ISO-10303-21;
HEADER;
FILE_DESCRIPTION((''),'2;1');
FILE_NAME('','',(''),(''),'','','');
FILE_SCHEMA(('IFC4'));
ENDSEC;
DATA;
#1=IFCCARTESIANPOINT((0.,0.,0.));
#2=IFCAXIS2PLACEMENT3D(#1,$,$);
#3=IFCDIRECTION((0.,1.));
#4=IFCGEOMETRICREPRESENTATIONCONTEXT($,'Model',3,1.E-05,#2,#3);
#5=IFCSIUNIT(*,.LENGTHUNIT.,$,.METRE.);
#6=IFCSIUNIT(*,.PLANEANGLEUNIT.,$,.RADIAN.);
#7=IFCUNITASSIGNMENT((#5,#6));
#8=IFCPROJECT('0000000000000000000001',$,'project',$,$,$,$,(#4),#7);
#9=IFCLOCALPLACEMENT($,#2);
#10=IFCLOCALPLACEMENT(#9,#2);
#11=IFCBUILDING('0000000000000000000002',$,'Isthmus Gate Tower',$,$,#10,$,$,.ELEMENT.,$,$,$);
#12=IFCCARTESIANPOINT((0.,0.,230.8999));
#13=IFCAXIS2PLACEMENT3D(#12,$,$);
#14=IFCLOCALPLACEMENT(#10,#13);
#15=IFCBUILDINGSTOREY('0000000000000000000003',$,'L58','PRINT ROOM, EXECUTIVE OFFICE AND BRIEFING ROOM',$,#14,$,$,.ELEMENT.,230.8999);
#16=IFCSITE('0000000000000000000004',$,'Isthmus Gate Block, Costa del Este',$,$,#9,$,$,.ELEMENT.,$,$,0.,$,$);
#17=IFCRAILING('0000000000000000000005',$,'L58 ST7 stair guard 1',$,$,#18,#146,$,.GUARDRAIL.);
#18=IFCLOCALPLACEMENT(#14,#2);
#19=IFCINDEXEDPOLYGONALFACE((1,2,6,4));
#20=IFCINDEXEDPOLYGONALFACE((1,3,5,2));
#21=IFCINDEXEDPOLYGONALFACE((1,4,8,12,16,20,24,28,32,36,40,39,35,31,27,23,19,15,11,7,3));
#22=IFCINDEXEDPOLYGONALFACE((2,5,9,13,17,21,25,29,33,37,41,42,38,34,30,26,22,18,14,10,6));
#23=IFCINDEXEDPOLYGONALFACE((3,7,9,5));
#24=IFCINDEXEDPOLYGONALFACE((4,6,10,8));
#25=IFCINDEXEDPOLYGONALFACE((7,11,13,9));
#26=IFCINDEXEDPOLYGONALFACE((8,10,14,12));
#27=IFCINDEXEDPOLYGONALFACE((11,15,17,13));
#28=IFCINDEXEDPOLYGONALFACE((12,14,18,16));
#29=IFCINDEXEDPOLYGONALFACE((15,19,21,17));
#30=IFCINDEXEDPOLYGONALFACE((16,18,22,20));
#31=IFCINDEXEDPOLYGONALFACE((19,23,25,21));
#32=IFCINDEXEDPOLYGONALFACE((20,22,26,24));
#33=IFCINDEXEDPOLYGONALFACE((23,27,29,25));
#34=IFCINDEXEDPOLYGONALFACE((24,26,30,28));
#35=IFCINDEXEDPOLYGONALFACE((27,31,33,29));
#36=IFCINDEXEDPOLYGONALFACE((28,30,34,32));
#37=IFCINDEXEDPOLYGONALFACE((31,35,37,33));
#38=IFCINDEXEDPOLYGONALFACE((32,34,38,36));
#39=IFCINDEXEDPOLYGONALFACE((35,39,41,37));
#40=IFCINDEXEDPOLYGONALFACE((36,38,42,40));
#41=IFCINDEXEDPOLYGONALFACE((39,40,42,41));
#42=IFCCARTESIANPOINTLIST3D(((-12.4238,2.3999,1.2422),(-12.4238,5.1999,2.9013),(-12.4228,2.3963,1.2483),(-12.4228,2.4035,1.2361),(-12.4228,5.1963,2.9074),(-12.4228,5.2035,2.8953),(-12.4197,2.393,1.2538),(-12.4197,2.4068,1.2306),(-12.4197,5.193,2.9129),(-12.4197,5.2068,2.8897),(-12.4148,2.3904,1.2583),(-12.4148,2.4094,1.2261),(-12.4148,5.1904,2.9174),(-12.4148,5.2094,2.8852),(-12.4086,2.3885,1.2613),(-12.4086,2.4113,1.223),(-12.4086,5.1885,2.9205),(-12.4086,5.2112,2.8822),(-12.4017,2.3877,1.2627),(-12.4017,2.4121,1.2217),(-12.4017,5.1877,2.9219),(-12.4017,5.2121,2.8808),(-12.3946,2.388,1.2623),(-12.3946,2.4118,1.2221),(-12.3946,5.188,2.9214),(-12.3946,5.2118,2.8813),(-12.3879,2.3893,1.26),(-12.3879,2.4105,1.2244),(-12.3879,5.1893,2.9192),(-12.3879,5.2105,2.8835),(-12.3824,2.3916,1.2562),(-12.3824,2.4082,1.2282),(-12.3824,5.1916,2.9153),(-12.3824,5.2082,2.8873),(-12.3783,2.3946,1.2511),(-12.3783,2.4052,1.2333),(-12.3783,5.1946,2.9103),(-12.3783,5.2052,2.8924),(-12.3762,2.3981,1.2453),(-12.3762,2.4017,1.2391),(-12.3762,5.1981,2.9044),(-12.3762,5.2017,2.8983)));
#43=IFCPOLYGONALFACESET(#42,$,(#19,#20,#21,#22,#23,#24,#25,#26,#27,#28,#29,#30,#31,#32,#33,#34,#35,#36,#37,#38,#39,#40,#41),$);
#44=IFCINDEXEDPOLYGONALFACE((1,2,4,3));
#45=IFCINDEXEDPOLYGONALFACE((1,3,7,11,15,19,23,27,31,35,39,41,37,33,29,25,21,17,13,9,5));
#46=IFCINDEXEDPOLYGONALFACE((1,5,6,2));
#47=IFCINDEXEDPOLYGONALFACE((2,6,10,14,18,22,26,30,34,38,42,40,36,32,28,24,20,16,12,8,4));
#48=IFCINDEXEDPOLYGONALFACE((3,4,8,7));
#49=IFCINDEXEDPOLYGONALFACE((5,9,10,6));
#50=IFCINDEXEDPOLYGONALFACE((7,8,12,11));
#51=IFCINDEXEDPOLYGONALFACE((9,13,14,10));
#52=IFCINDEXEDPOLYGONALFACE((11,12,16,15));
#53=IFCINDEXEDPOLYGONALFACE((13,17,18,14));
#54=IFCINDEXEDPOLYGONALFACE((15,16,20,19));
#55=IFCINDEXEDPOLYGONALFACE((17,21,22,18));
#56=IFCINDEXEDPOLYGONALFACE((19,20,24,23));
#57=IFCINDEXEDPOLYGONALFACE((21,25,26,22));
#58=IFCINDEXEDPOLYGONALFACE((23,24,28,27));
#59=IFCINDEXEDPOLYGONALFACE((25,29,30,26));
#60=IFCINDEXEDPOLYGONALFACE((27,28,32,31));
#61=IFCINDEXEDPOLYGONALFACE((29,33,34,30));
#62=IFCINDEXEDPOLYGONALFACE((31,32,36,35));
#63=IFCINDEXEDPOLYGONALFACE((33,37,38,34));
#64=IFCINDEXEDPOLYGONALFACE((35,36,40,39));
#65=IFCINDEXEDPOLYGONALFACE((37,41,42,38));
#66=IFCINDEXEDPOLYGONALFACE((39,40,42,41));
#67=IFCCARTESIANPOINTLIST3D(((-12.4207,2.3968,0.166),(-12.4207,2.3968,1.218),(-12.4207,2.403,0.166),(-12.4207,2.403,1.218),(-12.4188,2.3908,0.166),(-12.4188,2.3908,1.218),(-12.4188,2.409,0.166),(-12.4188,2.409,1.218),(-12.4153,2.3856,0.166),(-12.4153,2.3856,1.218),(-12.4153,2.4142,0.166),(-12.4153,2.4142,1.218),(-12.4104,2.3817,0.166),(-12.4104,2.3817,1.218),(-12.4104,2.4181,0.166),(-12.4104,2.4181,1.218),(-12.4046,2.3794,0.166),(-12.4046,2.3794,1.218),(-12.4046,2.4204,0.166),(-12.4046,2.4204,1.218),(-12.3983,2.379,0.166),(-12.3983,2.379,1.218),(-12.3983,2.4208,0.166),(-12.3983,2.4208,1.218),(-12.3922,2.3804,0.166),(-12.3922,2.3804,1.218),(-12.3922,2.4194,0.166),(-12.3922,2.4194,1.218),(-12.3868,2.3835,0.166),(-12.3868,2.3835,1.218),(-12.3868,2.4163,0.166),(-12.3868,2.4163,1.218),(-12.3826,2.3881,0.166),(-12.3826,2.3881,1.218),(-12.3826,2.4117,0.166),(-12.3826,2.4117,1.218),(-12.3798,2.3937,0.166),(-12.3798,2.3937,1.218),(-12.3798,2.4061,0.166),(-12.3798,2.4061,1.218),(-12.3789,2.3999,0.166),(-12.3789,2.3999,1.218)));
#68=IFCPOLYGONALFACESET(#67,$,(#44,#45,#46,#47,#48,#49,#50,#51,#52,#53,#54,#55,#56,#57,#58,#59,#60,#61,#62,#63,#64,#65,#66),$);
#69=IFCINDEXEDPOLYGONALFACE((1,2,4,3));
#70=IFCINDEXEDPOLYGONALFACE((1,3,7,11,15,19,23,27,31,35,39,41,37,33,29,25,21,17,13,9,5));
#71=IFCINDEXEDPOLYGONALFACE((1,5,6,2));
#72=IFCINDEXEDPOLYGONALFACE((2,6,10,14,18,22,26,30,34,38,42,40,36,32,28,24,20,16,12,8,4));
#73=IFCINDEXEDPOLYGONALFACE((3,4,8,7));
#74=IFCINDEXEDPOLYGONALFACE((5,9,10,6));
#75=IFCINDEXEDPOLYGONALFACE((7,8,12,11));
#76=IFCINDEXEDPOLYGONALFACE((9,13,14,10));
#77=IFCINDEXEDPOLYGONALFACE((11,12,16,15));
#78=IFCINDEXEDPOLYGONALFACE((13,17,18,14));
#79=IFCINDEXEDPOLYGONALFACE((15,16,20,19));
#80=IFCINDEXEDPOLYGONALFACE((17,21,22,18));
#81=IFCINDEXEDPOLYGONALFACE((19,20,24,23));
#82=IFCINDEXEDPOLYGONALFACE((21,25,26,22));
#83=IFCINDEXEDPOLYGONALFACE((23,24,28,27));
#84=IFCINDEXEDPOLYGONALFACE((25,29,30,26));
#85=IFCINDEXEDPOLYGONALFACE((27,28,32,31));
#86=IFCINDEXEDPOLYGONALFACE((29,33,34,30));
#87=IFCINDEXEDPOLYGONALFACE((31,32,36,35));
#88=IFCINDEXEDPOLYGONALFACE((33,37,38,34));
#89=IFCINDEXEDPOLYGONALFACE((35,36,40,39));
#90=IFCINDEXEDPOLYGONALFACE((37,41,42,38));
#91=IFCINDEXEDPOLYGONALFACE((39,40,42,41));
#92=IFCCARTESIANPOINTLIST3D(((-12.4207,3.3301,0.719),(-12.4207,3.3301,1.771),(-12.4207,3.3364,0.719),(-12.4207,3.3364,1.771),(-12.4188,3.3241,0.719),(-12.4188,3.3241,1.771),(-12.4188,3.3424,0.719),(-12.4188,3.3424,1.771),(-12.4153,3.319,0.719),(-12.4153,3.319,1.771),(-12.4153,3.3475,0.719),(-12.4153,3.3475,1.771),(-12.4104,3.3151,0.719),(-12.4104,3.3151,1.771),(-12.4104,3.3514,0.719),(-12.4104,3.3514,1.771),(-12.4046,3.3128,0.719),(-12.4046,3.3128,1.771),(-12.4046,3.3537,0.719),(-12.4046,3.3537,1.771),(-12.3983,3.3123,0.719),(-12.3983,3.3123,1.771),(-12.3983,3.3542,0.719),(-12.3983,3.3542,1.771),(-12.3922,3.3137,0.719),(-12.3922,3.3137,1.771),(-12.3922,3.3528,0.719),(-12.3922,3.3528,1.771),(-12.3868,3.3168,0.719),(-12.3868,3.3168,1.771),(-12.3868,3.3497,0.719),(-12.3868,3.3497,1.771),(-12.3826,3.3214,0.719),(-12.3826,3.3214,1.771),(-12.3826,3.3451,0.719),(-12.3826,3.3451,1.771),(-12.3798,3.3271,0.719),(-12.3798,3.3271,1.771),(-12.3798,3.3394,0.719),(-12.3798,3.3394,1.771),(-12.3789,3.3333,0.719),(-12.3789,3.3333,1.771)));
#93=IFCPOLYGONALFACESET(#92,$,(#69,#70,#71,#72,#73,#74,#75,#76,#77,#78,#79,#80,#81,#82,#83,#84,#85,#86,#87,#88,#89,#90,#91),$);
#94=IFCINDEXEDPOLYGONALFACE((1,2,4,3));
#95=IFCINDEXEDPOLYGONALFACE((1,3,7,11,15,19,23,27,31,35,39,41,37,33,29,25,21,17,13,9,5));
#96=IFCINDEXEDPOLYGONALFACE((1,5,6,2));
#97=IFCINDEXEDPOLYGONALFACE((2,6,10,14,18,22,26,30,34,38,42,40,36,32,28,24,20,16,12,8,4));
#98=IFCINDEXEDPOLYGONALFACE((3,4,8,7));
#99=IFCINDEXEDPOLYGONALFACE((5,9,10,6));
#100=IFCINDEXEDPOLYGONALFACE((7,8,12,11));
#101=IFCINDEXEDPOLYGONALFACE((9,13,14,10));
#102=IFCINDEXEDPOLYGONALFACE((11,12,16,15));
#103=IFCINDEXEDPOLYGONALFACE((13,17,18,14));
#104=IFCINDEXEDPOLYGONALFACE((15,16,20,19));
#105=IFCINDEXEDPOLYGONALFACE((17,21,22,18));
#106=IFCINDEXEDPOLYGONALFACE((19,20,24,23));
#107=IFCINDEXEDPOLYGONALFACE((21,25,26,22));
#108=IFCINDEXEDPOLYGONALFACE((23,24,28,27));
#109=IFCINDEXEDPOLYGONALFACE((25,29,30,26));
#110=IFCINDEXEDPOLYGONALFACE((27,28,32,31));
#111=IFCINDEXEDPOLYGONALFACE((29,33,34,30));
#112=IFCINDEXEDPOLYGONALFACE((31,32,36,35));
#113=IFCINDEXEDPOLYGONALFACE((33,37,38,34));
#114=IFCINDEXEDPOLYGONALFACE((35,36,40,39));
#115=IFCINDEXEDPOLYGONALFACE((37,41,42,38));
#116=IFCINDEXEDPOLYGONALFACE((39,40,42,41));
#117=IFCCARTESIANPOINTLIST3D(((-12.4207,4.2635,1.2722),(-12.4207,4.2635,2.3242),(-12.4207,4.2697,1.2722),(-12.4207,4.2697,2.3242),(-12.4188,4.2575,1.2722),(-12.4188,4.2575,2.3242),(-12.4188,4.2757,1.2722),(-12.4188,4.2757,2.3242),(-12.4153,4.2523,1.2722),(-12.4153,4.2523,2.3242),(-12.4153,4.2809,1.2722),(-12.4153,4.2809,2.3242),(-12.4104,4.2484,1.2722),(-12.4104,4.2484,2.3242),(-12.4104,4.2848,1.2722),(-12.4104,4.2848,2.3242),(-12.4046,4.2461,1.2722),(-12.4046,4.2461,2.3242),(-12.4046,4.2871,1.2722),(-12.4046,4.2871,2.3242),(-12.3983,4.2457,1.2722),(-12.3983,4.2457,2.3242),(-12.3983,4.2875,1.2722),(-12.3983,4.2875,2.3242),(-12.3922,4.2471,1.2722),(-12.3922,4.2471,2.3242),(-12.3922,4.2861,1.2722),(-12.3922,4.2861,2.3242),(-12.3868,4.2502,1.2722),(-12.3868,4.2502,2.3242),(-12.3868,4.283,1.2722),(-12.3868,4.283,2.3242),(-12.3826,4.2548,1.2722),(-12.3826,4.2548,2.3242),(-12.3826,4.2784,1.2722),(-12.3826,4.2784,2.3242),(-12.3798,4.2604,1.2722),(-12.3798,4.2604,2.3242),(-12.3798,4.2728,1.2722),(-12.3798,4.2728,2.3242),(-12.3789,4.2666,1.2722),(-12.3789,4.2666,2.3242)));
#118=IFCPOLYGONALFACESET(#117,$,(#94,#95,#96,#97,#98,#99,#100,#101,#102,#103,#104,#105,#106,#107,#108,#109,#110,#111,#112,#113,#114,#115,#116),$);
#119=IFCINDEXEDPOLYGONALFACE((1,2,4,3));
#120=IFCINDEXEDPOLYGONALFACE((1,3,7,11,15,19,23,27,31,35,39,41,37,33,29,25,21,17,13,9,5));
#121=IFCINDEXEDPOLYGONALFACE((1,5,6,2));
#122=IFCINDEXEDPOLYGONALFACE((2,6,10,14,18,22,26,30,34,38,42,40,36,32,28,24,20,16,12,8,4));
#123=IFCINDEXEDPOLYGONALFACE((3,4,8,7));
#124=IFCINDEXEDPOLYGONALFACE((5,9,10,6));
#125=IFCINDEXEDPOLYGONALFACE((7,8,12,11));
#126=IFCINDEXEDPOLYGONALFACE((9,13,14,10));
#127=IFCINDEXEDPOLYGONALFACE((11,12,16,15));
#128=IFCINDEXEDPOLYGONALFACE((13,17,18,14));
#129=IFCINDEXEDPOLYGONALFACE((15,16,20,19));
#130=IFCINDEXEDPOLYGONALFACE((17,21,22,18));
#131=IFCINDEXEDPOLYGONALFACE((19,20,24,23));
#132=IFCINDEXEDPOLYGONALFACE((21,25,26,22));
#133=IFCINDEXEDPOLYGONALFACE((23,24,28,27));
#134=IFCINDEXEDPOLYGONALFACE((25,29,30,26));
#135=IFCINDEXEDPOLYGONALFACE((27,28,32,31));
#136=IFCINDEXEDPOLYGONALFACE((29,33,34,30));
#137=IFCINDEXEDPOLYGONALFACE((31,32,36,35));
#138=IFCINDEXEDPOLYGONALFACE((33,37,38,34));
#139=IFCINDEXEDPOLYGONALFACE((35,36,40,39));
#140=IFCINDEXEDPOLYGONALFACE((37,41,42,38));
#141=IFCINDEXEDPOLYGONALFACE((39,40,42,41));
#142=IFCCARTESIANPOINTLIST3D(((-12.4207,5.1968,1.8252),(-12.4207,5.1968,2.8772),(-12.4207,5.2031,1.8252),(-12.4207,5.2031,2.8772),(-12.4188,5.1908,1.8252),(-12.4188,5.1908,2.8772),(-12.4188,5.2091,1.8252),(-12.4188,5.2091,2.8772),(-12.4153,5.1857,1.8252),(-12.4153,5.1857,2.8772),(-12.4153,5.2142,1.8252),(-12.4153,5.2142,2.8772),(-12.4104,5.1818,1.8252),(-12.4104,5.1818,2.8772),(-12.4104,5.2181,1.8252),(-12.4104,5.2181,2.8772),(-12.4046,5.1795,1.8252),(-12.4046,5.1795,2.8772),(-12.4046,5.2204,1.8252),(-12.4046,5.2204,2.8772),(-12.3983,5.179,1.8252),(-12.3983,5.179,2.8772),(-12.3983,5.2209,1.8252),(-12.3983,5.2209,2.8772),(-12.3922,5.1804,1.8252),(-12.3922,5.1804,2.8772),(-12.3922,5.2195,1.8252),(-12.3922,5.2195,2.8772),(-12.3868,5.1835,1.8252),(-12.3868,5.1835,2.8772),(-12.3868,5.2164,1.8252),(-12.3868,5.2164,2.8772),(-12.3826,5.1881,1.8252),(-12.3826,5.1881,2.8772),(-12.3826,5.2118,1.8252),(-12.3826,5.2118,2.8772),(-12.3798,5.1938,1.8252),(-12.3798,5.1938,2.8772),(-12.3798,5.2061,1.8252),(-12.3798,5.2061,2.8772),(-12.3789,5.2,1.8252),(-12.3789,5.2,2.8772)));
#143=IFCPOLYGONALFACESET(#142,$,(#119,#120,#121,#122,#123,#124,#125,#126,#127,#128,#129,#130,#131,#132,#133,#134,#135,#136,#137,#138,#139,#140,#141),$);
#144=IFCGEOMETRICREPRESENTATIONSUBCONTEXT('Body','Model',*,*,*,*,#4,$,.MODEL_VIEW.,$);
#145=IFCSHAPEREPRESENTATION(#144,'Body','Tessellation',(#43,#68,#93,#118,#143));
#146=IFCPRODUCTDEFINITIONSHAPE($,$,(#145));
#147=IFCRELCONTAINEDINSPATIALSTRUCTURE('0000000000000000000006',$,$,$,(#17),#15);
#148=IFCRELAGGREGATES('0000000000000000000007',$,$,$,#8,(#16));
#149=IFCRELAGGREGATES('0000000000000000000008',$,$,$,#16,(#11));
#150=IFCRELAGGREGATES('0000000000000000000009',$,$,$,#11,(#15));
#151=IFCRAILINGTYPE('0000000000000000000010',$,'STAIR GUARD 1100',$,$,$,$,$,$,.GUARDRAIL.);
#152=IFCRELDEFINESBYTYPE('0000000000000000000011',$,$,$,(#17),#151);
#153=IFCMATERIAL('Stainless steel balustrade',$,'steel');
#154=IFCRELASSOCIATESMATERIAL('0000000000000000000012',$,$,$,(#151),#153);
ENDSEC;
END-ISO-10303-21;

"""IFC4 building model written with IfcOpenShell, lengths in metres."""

from ifc_helpers import new_model, si_unit, direction, frame, origin, origin_2d, place, context, subcontext, project, spatial, circle, extrude, material, type_object, element, save


model = new_model("IFC4")

# Units and contexts
model_context = context("Model", 3, precision=1e-05, world=origin(), true_north=direction((0.0, 1.0)))
body_context = subcontext(model_context, "Body", "Model", "MODEL_VIEW")
ifc_project = project(units=[si_unit("LENGTHUNIT", "METRE"), si_unit("PLANEANGLEUNIT", "RADIAN")], contexts=[model_context])

# Site, building, storey
site_placement = place(None, origin())
site = spatial("IfcSite", under=ifc_project, at=site_placement, Name="Isthmus Gate Block, Costa del Este", CompositionType="ELEMENT", RefElevation=0.0)
building_placement = place(site_placement, origin())
building = spatial("IfcBuilding", under=site, at=building_placement, Name="Isthmus Gate Tower", CompositionType="ELEMENT")
storey_placement = place(building_placement, frame((0.0, 0.0, 230.8999)))
storey = spatial("IfcBuildingStorey", under=building, at=storey_placement, Name="L58", Description="PRINT ROOM, EXECUTIVE OFFICE AND BRIEFING ROOM", CompositionType="ELEMENT", Elevation=230.8999)

# Railing
ifc_material_1 = material(Name="Stainless steel balustrade", Category="steel")
railing_type_1 = type_object("IfcRailingType", Name="STAIR GUARD 1100", PredefinedType="GUARDRAIL", material=ifc_material_1)
railing_1_placement = place(storey_placement, frame((-12.3999, 2.3999, 0.166)))
element("IfcRailing", 1, at=railing_1_placement, inside=storey, type_object=railing_type_1, Name="L58 ST7 stair guard 1", PredefinedType="GUARDRAIL", context=body_context, shape_type="SweptSolid", body=[
    extrude(circle(Radius=0.0239, at=origin_2d()), frame((0.0, 0.0, 1.0762), z_axis=(0.0, 0.860306, 0.509778), x_axis=(-1.0, 0.0, 0.0)), (0.0, 0.0, 1.0), 3.2546),
    extrude(circle(Radius=0.021, at=origin_2d()), origin(), (0.0, 0.0, 1.0), 1.052),
    extrude(circle(Radius=0.021, at=origin_2d()), frame((0.0, 0.9333, 0.553)), (0.0, 0.0, 1.0), 1.052),
    extrude(circle(Radius=0.021, at=origin_2d()), frame((0.0, 1.8667, 1.1062)), (0.0, 0.0, 1.0), 1.052),
    extrude(circle(Radius=0.021, at=origin_2d()), frame((0.0, 2.8, 1.6592)), (0.0, 0.0, 1.0), 1.052),
])

save(model, "model.ifc")
